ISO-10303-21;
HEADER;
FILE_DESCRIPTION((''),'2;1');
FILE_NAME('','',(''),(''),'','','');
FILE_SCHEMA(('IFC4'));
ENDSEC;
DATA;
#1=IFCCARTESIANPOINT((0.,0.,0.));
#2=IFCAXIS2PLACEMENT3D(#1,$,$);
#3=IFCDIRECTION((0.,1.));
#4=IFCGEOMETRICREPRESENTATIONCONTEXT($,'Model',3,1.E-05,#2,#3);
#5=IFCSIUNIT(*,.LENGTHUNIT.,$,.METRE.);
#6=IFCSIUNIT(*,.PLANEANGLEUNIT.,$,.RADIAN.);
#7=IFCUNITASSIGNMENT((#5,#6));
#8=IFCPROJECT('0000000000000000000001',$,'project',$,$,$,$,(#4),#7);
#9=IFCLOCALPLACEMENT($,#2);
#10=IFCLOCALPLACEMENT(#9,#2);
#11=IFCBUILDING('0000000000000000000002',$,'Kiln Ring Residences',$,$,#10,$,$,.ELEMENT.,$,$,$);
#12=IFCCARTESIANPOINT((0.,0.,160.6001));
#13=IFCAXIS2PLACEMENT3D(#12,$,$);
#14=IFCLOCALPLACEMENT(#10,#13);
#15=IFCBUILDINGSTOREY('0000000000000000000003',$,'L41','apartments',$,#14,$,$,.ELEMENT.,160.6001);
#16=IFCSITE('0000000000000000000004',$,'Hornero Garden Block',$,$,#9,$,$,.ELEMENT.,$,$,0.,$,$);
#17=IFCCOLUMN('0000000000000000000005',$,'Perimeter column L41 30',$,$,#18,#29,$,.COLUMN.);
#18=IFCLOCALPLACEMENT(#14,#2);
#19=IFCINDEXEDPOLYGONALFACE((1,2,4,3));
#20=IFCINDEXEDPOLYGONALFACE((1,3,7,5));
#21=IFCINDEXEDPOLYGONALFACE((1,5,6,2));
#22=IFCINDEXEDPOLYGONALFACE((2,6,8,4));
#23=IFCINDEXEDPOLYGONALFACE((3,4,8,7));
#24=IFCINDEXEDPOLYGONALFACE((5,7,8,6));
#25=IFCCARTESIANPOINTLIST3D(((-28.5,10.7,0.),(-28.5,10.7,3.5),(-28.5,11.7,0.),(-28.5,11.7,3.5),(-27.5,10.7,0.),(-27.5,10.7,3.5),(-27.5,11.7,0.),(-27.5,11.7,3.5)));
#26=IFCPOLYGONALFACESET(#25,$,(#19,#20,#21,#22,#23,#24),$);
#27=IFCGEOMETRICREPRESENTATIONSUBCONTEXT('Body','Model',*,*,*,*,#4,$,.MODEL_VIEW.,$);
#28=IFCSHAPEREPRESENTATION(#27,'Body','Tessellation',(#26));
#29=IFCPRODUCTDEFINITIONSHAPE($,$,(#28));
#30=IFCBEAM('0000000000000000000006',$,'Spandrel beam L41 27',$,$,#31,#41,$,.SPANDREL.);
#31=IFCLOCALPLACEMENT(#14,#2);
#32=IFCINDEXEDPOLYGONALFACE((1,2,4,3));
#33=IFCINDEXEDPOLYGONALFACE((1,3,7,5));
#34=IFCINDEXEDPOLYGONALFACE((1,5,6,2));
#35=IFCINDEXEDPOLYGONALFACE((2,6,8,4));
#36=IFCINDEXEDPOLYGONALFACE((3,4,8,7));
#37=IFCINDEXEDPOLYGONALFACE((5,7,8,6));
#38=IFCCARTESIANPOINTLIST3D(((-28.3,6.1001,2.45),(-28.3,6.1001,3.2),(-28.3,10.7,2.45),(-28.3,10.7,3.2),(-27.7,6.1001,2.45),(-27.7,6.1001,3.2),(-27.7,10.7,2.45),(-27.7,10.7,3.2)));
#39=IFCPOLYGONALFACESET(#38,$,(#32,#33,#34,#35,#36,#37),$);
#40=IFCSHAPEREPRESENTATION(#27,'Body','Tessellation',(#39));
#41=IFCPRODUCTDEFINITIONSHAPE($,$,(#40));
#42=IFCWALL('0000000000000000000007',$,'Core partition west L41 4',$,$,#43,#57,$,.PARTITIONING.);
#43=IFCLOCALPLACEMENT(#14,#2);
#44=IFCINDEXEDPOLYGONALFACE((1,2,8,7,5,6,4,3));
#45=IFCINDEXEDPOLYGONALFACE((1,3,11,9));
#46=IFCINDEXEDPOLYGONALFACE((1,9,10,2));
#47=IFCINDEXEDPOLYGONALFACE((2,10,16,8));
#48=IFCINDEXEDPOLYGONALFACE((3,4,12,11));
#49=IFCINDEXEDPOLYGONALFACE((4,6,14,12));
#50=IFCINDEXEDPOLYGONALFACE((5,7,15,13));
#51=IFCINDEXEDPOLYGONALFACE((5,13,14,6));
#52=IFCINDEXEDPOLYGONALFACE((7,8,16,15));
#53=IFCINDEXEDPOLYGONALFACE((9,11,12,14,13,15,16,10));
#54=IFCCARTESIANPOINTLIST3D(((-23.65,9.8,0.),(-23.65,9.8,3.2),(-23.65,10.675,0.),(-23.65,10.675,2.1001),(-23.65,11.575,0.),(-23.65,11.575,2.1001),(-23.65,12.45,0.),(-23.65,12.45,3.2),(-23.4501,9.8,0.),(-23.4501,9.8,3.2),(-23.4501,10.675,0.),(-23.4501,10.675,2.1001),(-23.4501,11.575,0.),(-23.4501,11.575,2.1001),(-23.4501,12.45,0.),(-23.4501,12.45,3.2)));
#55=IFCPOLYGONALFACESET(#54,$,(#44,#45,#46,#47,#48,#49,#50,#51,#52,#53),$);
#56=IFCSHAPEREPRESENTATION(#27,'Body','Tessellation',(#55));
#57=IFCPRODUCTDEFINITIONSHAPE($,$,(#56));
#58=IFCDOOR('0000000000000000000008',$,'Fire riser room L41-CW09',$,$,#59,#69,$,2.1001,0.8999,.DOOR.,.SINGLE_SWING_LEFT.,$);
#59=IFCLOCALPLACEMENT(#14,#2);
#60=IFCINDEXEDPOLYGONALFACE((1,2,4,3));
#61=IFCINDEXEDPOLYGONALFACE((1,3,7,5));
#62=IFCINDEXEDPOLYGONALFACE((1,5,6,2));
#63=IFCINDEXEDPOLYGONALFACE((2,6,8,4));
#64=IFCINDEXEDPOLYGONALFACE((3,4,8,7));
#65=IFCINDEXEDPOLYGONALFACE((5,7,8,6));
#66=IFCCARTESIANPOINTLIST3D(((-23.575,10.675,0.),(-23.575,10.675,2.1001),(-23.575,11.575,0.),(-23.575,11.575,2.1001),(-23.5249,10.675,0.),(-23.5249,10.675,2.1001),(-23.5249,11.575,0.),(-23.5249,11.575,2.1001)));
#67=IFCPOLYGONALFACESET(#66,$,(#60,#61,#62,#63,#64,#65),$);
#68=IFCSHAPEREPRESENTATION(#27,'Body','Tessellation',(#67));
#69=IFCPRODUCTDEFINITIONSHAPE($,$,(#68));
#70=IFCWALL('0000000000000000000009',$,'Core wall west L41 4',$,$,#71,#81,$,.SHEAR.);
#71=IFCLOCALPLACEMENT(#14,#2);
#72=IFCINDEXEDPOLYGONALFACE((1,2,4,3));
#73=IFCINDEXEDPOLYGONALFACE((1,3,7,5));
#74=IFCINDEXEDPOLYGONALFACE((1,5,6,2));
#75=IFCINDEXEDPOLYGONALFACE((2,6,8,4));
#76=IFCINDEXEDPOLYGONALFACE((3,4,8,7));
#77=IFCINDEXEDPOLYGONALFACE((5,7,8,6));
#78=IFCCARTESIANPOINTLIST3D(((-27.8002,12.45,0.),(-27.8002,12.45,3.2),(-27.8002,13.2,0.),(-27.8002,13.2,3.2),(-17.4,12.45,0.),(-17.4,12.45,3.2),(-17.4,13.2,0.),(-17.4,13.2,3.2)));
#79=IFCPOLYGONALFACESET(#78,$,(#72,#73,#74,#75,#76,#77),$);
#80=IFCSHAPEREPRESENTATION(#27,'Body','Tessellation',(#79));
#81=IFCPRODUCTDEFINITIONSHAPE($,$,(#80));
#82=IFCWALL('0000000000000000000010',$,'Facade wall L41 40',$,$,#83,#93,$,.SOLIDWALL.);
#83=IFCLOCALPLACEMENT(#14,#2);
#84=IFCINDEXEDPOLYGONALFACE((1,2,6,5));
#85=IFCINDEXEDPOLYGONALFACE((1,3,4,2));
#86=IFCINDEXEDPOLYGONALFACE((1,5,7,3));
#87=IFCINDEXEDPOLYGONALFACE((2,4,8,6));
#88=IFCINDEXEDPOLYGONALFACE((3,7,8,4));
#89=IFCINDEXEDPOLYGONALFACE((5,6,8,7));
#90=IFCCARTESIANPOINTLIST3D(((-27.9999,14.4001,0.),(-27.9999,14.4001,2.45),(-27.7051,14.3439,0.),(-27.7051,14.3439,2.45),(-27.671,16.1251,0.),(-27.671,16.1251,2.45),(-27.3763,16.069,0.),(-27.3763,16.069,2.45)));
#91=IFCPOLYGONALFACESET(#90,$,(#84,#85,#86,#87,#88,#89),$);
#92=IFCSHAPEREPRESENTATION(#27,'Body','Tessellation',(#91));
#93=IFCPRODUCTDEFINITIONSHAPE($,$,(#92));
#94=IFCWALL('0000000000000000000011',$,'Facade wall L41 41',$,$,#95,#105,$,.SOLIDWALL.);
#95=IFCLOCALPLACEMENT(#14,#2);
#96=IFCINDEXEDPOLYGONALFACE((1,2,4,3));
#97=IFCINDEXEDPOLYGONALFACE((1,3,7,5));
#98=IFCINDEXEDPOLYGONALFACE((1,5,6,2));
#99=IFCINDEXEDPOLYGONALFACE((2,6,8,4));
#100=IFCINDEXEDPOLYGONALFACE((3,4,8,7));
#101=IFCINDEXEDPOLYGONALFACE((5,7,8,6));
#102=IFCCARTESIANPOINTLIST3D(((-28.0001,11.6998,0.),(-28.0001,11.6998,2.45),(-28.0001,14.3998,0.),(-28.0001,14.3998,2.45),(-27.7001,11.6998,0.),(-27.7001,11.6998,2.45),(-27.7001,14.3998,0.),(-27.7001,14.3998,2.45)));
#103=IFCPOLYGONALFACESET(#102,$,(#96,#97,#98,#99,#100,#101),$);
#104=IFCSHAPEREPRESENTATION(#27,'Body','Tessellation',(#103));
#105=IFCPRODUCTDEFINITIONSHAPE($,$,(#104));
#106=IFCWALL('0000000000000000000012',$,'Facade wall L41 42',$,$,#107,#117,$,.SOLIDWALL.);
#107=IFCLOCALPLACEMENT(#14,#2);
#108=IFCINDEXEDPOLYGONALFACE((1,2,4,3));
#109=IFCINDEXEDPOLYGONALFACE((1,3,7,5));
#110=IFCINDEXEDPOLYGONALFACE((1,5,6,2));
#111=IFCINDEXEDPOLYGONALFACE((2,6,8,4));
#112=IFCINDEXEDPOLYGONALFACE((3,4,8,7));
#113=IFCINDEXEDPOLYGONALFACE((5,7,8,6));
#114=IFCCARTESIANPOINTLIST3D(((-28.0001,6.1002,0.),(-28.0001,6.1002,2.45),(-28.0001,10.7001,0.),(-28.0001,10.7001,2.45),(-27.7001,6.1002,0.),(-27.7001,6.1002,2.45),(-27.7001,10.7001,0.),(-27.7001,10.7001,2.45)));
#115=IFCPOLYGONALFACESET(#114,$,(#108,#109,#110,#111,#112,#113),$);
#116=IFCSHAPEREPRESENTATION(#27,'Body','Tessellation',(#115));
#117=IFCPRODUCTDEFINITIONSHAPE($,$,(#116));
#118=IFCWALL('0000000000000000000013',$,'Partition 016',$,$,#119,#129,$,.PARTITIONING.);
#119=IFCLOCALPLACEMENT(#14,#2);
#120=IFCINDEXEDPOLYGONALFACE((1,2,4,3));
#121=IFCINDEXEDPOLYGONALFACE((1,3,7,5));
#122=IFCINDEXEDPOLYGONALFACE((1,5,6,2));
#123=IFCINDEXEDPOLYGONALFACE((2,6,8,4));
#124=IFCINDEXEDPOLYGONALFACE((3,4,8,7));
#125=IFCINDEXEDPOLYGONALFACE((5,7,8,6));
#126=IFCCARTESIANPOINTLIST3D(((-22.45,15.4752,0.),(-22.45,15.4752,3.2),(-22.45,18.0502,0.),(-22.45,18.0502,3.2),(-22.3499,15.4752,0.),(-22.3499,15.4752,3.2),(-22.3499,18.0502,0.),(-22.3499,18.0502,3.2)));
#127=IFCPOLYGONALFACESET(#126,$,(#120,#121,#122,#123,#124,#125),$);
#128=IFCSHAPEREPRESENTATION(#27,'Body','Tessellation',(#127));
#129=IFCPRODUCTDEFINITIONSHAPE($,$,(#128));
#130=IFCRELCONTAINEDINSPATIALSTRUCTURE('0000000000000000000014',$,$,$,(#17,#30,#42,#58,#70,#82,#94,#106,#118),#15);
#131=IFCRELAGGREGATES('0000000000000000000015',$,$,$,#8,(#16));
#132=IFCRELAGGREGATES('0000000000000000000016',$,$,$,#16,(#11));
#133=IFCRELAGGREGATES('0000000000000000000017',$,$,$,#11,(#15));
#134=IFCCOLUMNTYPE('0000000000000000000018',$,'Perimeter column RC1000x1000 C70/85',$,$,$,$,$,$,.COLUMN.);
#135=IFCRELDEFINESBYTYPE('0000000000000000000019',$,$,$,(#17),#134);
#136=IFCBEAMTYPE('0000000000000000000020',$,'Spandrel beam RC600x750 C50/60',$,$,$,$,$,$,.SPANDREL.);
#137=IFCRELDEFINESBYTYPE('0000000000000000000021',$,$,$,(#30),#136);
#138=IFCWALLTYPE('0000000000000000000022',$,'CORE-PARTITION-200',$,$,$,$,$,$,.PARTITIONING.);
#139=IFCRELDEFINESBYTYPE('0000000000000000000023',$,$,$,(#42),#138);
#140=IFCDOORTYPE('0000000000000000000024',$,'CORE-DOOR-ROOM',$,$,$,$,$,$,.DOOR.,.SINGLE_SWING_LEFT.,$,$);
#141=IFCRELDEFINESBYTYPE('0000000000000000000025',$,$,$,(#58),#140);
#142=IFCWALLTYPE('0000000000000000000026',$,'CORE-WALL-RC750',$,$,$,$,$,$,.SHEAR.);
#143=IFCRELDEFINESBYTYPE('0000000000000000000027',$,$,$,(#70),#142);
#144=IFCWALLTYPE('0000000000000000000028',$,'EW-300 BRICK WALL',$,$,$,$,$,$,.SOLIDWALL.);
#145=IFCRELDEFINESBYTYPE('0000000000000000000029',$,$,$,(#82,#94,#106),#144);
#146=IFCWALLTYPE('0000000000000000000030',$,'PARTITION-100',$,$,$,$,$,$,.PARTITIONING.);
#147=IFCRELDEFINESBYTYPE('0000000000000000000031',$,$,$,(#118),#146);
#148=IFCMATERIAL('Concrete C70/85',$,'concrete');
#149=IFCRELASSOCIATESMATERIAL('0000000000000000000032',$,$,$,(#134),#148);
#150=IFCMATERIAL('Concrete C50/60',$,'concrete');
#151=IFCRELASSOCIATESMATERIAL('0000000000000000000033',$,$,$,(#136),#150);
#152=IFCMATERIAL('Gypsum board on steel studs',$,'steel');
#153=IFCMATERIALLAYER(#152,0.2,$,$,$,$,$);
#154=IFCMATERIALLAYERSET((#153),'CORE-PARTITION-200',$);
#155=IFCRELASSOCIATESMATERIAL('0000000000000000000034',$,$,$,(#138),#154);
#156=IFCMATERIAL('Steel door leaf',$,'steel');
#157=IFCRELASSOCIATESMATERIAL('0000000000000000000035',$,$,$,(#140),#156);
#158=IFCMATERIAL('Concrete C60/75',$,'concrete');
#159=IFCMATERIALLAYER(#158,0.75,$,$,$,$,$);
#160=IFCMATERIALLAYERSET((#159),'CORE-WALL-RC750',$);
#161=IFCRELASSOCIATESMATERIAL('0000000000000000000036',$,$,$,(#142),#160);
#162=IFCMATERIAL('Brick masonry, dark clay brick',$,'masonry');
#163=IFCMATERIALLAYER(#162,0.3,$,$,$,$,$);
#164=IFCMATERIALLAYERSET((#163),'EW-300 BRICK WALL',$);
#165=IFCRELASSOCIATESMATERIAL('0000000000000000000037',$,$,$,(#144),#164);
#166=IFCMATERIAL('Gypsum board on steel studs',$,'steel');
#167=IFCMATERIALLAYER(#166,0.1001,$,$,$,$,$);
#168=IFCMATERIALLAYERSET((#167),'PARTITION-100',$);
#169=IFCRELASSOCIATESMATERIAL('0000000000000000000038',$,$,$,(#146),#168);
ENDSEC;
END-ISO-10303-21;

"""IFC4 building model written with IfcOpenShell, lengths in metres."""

from ifc_helpers import new_model, si_unit, direction, frame, frame_2d, origin, origin_2d, place, context, subcontext, project, spatial, rectangle, extrude, material, layer, layer_set, material_profile, profile_set, type_object, element, fill, save


model = new_model("IFC4")

# Units and contexts
model_context = context("Model", 3, precision=1e-05, world=origin(), true_north=direction((0.0, 1.0)))
body_context = subcontext(model_context, "Body", "Model", "MODEL_VIEW")
ifc_project = project(units=[si_unit("LENGTHUNIT", "METRE"), si_unit("PLANEANGLEUNIT", "RADIAN")], contexts=[model_context])

# Site, building, storey
site_placement = place(None, origin())
site = spatial("IfcSite", under=ifc_project, at=site_placement, Name="Hornero Garden Block", CompositionType="ELEMENT", RefElevation=0.0)
building_placement = place(site_placement, origin())
building = spatial("IfcBuilding", under=site, at=building_placement, Name="Kiln Ring Residences", CompositionType="ELEMENT")
storey_placement = place(building_placement, frame((0.0, 0.0, 160.6001)))
storey = spatial("IfcBuildingStorey", under=building, at=storey_placement, Name="L41", Description="apartments", CompositionType="ELEMENT", Elevation=160.6001)

# Column
ifc_material_1 = material(Name="Concrete C70/85", Category="concrete")
ifc_material_profile_1 = material_profile(ifc_material_1, rectangle(XDim=1.0, YDim=1.0, at=origin_2d()), Name="RC1000x1000")
ifc_profile_set_1 = profile_set([ifc_material_profile_1], Name="Concrete C70/85")
column_type = type_object("IfcColumnType", Name="Perimeter column RC1000x1000 C70/85", PredefinedType="COLUMN", material=ifc_profile_set_1)
column_placement = place(storey_placement, frame((-28.0, 11.2, 0.0), z_axis=(0.0, 0.0, 1.0), x_axis=(1.0, 0.0, 0.0)))
element("IfcColumn", 1, at=column_placement, inside=storey, type_object=column_type, Name="Perimeter column L41 30", PredefinedType="COLUMN", context=body_context, shape_type="SweptSolid", body=[
    extrude(rectangle(XDim=1.0, YDim=1.0, at=origin_2d()), origin(), (0.0, 0.0, 1.0), 3.5),
])

# Beam
ifc_material_2 = material(Name="Concrete C50/60", Category="concrete")
ifc_material_profile_2 = material_profile(ifc_material_2, rectangle(XDim=0.6001, YDim=0.75, at=origin_2d()), Name="RC600x750")
ifc_profile_set_2 = profile_set([ifc_material_profile_2], Name="Concrete C50/60")
beam_type = type_object("IfcBeamType", Name="Spandrel beam RC600x750 C50/60", PredefinedType="SPANDREL", material=ifc_profile_set_2)
beam_placement = place(storey_placement, frame((-28.0, 10.7, 2.825), z_axis=(0.0, -1.0, 0.0), x_axis=(1.0, 0.0, 0.0)))
element("IfcBeam", 2, at=beam_placement, inside=storey, type_object=beam_type, Name="Spandrel beam L41 27", PredefinedType="SPANDREL", context=body_context, shape_type="SweptSolid", body=[
    extrude(rectangle(XDim=0.6001, YDim=0.75, at=origin_2d()), origin(), (0.0, 0.0, 1.0), 4.5999),
])

# Wall, opening, door
ifc_material_3 = material(Name="Gypsum board on steel studs", Category="steel")
ifc_layer_1 = layer(ifc_material_3, 0.2)
ifc_layer_set_1 = layer_set([ifc_layer_1], Name="CORE-PARTITION-200")
wall_type_1 = type_object("IfcWallType", Name="CORE-PARTITION-200", PredefinedType="PARTITIONING", material=ifc_layer_set_1)
wall_1_placement = place(storey_placement, frame((-23.55, 9.8, 0.0), z_axis=(0.0, 0.0, 1.0), x_axis=(0.0, 1.0, 0.0)))
wall_1 = element("IfcWall", 3, at=wall_1_placement, inside=storey, type_object=wall_type_1, Name="Core partition west L41 4", PredefinedType="PARTITIONING", context=body_context, shape_type="SweptSolid", body=[
    extrude(rectangle(XDim=2.6499, YDim=0.2, at=frame_2d((1.325, 0.0))), origin(), (0.0, 0.0, 1.0), 3.2),
])
opening_1_placement = place(wall_1_placement, frame((0.875, 0.0, 0.0)))
opening_1 = element("IfcOpeningElement", 4, at=opening_1_placement, cuts=wall_1, PredefinedType="OPENING", context=body_context, shape_type="SweptSolid", body=[
    extrude(rectangle(XDim=0.8999, YDim=2.1001, at=frame_2d((0.45, 1.05))), frame((0.0, 0.1099, 0.0), z_axis=(0.0, -1.0, 0.0), x_axis=(1.0, 0.0, 0.0)), (0.0, 0.0, 1.0), 0.22),
])
ifc_material_4 = material(Name="Steel door leaf", Category="steel")
door_type_1 = type_object("IfcDoorType", Name="CORE-DOOR-ROOM", OperationType="SINGLE_SWING_LEFT", PredefinedType="DOOR", material=ifc_material_4)
door_1_placement = place(opening_1_placement, origin())
door_1 = element("IfcDoor", 5, at=door_1_placement, inside=storey, type_object=door_type_1, Name="Fire riser room L41-CW09", OperationType="SINGLE_SWING_LEFT", OverallHeight=2.1001, OverallWidth=0.8999, PredefinedType="DOOR", context=body_context, shape_type="SweptSolid", body=[
    extrude(rectangle(XDim=0.8999, YDim=2.1001, at=frame_2d((0.45, 1.05))), frame((0.0, 0.0249, 0.0), z_axis=(0.0, -1.0, 0.0), x_axis=(1.0, 0.0, 0.0)), (0.0, 0.0, 1.0), 0.05),
])
fill(opening_1, door_1)

# Walls
ifc_material_5 = material(Name="Concrete C60/75", Category="concrete")
ifc_layer_2 = layer(ifc_material_5, 0.75)
ifc_layer_set_2 = layer_set([ifc_layer_2], Name="CORE-WALL-RC750")
wall_type_2 = type_object("IfcWallType", Name="CORE-WALL-RC750", PredefinedType="SHEAR", material=ifc_layer_set_2)
wall_2_placement = place(storey_placement, frame((-17.3999, 12.825, 0.0), z_axis=(0.0, 0.0, 1.0), x_axis=(-1.0, 0.0, 0.0)))
element("IfcWall", 6, at=wall_2_placement, inside=storey, type_object=wall_type_2, Name="Core wall west L41 4", PredefinedType="SHEAR", context=body_context, shape_type="SweptSolid", body=[
    extrude(rectangle(XDim=10.4001, YDim=0.75, at=frame_2d((5.2002, 0.0))), origin(), (0.0, 0.0, 1.0), 3.2),
])
ifc_material_6 = material(Name="Brick masonry, dark clay brick", Category="masonry")
ifc_layer_3 = layer(ifc_material_6, 0.3)
ifc_layer_set_3 = layer_set([ifc_layer_3], Name="EW-300 BRICK WALL")
wall_type_3 = type_object("IfcWallType", Name="EW-300 BRICK WALL", PredefinedType="SOLIDWALL", material=ifc_layer_set_3)
wall_3_placement = place(storey_placement, frame((-27.5237, 16.0969, 0.0), z_axis=(0.0, 0.0, 1.0), x_axis=(-0.187259, -0.982311, 0.0)))
element("IfcWall", 7, at=wall_3_placement, inside=storey, type_object=wall_type_3, Name="Facade wall L41 40", PredefinedType="SOLIDWALL", context=body_context, shape_type="SweptSolid", body=[
    extrude(rectangle(XDim=1.7561, YDim=0.3, at=frame_2d((0.8779, 0.0))), origin(), (0.0, 0.0, 1.0), 2.45),
])
wall_4_placement = place(storey_placement, frame((-27.8501, 14.3999, 0.0), z_axis=(0.0, 0.0, 1.0), x_axis=(0.0, -1.0, 0.0)))
element("IfcWall", 8, at=wall_4_placement, inside=storey, type_object=wall_type_3, Name="Facade wall L41 41", PredefinedType="SOLIDWALL", context=body_context, shape_type="SweptSolid", body=[
    extrude(rectangle(XDim=2.7, YDim=0.3, at=frame_2d((1.3501, 0.0))), origin(), (0.0, 0.0, 1.0), 2.45),
])
wall_5_placement = place(storey_placement, frame((-27.8501, 10.7, 0.0), z_axis=(0.0, 0.0, 1.0), x_axis=(0.0, -1.0, 0.0)))
element("IfcWall", 9, at=wall_5_placement, inside=storey, type_object=wall_type_3, Name="Facade wall L41 42", PredefinedType="SOLIDWALL", context=body_context, shape_type="SweptSolid", body=[
    extrude(rectangle(XDim=4.5999, YDim=0.3, at=frame_2d((2.2998, 0.0))), origin(), (0.0, 0.0, 1.0), 2.45),
])
ifc_material_7 = material(Name="Gypsum board on steel studs", Category="steel")
ifc_layer_4 = layer(ifc_material_7, 0.1001)
ifc_layer_set_4 = layer_set([ifc_layer_4], Name="PARTITION-100")
wall_type_4 = type_object("IfcWallType", Name="PARTITION-100", PredefinedType="PARTITIONING", material=ifc_layer_set_4)
wall_6_placement = place(storey_placement, frame((-22.3999, 15.4751, 0.0), z_axis=(0.0, 0.0, 1.0), x_axis=(0.0, 1.0, 0.0)))
element("IfcWall", 10, at=wall_6_placement, inside=storey, type_object=wall_type_4, Name="Partition 016", PredefinedType="PARTITIONING", context=body_context, shape_type="SweptSolid", body=[
    extrude(rectangle(XDim=2.575, YDim=0.1001, at=frame_2d((1.2876, 0.0))), origin(), (0.0, 0.0, 1.0), 3.2),
])

save(model, "model.ifc")
